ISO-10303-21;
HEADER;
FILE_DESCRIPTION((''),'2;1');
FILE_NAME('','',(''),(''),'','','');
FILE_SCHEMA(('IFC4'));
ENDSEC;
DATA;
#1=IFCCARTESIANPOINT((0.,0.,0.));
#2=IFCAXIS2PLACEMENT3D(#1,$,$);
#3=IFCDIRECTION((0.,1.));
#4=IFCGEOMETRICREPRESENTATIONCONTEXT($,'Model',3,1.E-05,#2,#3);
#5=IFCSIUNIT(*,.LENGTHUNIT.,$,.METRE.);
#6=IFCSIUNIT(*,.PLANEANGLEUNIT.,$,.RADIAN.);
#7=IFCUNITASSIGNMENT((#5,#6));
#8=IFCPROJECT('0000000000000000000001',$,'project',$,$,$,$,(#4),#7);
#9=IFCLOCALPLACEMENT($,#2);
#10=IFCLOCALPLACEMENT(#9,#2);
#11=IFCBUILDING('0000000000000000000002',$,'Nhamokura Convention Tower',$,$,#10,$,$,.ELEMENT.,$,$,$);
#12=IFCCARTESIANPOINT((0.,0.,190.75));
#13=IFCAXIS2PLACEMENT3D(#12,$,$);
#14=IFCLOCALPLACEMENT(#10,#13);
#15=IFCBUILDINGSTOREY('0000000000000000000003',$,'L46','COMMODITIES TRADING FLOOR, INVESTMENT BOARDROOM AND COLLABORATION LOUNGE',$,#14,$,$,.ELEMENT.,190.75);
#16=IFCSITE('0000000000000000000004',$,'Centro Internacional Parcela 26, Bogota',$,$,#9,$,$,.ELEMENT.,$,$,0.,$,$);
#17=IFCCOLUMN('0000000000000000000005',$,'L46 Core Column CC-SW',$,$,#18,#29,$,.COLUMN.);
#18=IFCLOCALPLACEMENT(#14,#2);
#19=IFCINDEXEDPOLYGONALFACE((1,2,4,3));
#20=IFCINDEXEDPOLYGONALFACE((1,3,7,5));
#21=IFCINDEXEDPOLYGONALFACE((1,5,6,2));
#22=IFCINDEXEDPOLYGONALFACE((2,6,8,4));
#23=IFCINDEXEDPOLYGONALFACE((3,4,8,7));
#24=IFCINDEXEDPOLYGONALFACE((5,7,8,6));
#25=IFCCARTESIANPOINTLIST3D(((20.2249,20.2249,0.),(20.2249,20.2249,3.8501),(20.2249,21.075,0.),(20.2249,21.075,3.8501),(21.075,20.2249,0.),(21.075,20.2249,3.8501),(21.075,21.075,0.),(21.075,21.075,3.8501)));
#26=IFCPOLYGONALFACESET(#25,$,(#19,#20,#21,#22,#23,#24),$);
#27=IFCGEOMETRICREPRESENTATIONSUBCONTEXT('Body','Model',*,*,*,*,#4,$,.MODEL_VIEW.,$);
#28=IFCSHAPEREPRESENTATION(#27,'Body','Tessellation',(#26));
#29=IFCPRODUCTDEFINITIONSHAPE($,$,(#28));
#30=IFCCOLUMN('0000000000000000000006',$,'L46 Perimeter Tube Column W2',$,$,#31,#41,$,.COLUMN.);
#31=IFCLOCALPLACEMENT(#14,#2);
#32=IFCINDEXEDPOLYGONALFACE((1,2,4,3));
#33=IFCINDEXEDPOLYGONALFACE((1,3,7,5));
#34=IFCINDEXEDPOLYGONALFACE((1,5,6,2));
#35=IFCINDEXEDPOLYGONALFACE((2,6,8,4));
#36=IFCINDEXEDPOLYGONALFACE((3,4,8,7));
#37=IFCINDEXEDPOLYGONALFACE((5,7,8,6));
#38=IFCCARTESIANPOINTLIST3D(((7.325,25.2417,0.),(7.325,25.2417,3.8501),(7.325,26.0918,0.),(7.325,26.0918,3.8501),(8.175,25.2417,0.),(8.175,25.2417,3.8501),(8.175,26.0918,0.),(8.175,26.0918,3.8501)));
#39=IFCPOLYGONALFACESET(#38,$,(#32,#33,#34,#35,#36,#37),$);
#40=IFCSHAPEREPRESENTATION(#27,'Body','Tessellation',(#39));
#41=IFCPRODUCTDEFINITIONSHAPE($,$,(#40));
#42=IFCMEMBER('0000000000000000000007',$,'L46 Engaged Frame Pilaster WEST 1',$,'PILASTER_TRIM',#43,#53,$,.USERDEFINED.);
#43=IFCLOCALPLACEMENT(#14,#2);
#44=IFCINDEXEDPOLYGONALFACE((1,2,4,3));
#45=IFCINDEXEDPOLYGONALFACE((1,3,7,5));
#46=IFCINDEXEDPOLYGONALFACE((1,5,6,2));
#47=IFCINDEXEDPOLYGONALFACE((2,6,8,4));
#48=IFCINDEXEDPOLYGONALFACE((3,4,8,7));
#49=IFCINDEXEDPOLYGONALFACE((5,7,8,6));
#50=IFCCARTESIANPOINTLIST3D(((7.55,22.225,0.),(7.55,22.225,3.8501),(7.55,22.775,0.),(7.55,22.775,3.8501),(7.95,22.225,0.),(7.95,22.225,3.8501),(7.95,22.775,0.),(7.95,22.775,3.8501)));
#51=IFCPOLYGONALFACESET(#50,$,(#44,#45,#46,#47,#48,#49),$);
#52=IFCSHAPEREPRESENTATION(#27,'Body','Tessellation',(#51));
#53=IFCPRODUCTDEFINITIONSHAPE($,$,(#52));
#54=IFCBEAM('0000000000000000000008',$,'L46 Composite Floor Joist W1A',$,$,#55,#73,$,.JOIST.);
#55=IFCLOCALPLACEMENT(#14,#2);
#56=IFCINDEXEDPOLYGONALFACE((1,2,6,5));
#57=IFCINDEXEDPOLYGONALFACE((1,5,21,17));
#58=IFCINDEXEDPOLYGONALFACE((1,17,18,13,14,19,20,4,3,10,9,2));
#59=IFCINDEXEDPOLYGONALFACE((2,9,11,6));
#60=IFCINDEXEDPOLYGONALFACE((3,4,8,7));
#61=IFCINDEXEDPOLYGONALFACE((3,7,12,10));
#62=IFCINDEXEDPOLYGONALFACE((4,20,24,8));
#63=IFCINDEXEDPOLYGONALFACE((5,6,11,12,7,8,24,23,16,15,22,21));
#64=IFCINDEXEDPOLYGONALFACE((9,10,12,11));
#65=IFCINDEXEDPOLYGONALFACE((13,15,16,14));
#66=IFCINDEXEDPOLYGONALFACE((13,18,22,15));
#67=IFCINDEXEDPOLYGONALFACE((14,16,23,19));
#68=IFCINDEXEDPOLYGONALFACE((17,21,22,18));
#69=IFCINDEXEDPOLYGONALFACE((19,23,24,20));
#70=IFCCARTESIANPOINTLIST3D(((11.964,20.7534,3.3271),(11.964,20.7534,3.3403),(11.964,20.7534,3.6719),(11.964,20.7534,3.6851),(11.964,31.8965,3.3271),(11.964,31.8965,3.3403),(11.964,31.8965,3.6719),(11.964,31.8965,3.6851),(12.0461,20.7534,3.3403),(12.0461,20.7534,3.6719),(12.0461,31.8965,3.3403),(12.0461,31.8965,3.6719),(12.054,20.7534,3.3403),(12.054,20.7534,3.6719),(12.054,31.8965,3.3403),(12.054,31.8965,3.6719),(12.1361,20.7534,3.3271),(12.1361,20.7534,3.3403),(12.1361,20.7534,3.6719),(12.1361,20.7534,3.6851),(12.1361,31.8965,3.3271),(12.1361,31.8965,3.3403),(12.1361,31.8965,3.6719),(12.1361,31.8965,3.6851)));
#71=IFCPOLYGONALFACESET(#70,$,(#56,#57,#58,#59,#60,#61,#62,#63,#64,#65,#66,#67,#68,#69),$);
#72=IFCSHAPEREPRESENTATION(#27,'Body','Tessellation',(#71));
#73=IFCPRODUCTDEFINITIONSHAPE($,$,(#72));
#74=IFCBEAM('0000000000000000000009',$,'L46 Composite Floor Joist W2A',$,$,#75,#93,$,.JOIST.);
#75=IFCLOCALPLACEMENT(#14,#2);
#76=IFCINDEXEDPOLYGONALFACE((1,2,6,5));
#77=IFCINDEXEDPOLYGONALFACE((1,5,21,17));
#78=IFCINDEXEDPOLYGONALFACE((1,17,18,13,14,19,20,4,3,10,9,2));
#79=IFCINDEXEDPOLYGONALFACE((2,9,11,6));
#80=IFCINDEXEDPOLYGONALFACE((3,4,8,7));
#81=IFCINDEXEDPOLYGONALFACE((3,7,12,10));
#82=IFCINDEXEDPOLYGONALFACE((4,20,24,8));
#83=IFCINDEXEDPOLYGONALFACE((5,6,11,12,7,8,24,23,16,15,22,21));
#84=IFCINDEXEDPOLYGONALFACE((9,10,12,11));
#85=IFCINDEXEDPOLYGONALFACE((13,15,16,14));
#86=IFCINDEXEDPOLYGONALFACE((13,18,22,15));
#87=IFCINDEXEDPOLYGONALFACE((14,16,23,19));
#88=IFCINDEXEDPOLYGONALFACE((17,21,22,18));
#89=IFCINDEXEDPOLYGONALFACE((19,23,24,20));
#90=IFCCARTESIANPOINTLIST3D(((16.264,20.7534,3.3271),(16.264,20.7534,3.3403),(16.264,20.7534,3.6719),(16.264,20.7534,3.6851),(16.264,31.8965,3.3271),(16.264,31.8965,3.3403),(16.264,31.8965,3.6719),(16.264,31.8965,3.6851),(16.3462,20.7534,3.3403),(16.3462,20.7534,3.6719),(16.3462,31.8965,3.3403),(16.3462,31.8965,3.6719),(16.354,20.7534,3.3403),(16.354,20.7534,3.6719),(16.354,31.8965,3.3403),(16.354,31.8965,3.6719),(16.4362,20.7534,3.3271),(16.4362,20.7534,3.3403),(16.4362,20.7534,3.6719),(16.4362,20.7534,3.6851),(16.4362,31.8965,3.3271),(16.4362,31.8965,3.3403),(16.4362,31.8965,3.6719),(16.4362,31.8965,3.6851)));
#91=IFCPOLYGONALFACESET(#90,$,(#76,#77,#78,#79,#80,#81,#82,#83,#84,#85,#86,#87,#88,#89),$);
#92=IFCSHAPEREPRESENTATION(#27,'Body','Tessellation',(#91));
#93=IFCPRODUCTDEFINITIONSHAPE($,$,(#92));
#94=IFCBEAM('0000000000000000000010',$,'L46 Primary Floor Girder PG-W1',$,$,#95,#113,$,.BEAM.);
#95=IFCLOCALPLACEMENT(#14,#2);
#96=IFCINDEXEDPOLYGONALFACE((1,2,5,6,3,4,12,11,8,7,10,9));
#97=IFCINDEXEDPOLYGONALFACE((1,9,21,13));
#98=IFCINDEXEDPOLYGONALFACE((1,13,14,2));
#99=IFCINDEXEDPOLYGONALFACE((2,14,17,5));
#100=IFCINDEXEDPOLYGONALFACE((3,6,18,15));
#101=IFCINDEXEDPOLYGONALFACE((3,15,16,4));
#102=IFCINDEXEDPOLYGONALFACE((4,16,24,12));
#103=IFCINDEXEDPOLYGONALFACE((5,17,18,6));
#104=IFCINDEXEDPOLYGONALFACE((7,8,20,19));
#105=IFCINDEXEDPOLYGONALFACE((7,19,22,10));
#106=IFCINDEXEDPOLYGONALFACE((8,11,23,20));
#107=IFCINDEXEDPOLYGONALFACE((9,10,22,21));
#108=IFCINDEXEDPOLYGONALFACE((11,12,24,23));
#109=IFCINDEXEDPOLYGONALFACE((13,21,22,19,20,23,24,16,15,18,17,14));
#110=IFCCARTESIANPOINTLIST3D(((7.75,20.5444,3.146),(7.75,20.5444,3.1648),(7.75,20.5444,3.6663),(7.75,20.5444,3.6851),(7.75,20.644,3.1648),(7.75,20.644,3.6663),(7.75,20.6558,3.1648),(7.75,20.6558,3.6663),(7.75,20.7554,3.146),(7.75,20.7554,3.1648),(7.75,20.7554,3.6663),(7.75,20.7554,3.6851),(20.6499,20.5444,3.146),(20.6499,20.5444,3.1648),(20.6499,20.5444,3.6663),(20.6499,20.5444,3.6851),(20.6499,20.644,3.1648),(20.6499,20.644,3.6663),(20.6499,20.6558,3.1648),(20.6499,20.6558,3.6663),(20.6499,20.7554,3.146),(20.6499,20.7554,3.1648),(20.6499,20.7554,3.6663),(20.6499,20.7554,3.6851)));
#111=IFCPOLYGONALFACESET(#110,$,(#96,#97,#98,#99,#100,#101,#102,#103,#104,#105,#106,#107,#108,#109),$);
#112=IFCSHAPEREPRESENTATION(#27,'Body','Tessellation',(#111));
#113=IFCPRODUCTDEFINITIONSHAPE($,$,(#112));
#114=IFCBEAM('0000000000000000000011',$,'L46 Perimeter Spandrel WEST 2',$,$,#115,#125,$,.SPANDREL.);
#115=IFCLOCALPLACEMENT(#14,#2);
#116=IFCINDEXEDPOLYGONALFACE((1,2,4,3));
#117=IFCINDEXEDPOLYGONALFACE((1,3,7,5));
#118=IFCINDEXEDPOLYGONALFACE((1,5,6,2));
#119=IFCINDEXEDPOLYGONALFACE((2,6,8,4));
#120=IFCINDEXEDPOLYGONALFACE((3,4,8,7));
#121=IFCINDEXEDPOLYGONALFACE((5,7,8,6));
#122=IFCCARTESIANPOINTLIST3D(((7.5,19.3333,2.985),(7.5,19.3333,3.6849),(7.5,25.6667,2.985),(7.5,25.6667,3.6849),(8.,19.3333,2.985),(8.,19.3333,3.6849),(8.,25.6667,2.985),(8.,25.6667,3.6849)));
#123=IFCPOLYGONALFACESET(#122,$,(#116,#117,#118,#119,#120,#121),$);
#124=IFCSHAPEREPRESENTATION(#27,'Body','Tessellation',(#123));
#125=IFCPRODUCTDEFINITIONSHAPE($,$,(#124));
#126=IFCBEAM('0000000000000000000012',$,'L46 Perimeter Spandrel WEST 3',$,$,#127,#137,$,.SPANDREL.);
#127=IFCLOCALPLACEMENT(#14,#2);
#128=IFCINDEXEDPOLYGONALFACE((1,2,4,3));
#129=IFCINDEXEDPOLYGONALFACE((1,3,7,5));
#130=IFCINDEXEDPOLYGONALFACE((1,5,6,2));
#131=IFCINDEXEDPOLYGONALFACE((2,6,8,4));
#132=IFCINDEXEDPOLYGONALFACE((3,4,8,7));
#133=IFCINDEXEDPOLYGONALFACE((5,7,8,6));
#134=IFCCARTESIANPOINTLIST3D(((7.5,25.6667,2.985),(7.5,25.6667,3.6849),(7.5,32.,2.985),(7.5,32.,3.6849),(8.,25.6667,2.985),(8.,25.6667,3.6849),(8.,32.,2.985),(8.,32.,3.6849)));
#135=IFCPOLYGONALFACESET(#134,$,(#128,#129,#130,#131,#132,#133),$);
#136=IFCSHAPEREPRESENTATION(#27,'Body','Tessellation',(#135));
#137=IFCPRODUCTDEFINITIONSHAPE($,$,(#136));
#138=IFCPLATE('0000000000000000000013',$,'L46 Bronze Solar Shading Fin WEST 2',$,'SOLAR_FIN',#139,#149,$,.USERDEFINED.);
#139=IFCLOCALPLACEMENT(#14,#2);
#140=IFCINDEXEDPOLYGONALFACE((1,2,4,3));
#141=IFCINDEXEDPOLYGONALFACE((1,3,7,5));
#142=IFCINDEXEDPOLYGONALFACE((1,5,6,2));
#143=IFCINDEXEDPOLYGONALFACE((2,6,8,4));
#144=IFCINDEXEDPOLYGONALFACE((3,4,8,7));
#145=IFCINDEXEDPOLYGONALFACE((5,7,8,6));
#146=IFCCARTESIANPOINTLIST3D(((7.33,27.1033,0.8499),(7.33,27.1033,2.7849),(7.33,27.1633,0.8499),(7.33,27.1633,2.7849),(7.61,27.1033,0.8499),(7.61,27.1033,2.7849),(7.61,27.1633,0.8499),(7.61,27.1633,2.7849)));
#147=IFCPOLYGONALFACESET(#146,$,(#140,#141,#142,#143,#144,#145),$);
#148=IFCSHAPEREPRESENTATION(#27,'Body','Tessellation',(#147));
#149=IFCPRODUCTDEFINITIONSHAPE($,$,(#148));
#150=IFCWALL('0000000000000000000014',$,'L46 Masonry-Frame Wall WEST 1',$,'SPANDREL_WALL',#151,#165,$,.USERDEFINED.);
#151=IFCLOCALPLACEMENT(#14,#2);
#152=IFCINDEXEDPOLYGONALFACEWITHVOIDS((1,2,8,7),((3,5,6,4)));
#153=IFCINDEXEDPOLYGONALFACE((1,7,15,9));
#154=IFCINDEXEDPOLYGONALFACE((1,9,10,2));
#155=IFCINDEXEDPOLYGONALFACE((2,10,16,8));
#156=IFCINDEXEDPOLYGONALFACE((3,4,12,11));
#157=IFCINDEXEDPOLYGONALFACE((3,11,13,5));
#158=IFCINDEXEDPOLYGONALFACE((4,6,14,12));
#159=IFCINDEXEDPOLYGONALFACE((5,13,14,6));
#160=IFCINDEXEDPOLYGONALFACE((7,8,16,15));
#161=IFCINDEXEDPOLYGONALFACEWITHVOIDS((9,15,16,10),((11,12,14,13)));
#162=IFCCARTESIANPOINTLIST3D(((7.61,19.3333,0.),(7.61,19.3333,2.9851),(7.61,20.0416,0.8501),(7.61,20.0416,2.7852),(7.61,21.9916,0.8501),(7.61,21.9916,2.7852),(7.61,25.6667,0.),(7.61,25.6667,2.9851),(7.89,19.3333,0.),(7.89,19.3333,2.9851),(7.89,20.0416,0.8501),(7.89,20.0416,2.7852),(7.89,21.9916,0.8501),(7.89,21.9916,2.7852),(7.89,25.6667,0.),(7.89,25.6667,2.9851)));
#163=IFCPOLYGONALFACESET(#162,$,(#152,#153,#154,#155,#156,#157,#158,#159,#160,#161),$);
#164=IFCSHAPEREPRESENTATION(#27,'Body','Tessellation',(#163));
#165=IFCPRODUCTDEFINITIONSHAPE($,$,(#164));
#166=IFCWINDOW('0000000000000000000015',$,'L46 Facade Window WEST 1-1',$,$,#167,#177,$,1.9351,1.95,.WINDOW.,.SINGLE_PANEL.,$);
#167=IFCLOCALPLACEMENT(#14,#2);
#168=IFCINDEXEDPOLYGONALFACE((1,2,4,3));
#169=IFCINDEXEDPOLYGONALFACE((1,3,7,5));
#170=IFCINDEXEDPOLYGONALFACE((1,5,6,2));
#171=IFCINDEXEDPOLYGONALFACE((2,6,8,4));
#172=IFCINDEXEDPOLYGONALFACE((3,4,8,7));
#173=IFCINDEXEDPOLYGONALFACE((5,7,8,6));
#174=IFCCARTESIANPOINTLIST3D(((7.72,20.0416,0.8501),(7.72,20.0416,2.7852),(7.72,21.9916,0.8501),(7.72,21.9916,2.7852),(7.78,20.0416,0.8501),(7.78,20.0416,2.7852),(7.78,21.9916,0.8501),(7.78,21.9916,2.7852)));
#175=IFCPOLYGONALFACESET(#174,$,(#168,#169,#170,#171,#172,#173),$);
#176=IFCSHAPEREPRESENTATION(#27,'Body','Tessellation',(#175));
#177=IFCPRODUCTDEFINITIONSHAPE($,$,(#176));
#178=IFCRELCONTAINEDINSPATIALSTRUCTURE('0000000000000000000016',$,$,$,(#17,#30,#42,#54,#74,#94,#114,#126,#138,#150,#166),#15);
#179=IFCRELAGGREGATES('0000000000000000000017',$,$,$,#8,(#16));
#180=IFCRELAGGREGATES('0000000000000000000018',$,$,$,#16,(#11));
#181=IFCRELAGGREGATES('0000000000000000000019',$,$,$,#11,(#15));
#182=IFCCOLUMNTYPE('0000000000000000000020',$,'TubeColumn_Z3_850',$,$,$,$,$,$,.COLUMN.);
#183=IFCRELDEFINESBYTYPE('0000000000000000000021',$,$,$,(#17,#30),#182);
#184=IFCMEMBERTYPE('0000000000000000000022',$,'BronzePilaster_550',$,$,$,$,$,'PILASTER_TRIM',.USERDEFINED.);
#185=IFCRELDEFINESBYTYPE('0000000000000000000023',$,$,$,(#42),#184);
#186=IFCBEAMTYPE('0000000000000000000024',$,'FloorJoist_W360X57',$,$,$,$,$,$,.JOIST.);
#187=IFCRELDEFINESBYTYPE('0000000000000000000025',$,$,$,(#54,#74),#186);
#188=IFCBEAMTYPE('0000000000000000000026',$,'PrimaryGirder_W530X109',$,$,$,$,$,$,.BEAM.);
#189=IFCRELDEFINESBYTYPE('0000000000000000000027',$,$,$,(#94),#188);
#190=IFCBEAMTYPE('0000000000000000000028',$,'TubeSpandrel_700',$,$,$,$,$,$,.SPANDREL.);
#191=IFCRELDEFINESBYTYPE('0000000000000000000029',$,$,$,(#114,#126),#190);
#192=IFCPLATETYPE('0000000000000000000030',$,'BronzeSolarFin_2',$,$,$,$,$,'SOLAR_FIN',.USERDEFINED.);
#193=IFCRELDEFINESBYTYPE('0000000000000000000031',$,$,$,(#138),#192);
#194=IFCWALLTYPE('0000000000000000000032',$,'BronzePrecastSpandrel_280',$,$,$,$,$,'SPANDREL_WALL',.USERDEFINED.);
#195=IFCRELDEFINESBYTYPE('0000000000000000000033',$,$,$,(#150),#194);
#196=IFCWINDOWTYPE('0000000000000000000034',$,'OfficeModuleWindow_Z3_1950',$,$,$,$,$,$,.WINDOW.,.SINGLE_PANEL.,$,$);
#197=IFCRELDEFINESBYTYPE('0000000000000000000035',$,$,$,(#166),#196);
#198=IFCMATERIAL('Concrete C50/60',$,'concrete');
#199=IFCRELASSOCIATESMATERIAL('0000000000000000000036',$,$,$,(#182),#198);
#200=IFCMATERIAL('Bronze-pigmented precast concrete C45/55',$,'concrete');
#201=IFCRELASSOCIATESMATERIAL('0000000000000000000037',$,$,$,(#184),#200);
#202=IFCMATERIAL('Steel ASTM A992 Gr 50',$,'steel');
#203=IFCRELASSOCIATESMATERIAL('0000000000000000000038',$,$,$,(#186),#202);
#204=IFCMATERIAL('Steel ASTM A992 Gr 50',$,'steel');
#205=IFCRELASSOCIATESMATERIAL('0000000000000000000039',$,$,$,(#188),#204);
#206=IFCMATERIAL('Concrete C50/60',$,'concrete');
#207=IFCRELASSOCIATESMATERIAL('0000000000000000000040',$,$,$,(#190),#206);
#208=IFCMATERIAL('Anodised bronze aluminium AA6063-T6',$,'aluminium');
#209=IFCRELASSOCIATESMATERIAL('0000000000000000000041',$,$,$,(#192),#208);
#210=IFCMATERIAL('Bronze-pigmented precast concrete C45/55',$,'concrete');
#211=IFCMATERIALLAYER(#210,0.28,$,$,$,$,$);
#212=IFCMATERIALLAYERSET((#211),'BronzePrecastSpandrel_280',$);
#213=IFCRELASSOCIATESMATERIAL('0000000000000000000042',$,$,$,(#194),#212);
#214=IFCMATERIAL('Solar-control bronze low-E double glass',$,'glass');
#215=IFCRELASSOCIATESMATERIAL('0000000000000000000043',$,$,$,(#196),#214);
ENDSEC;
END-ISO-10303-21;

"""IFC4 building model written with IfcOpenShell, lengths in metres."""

from ifc_helpers import new_model, si_unit, direction, frame, frame_2d, origin, origin_2d, place, context, subcontext, project, spatial, rectangle, i_section, extrude, material, layer, layer_set, material_profile, profile_set, type_object, element, fill, save


model = new_model("IFC4")

# Units and contexts
model_context = context("Model", 3, precision=1e-05, world=origin(), true_north=direction((0.0, 1.0)))
body_context = subcontext(model_context, "Body", "Model", "MODEL_VIEW")
ifc_project = project(units=[si_unit("LENGTHUNIT", "METRE"), si_unit("PLANEANGLEUNIT", "RADIAN")], contexts=[model_context])

# Site, building, storey
site_placement = place(None, origin())
site = spatial("IfcSite", under=ifc_project, at=site_placement, Name="Centro Internacional Parcela 26, Bogota", CompositionType="ELEMENT", RefElevation=0.0)
building_placement = place(site_placement, origin())
building = spatial("IfcBuilding", under=site, at=building_placement, Name="Nhamokura Convention Tower", CompositionType="ELEMENT")
storey_placement = place(building_placement, frame((0.0, 0.0, 190.75)))
storey = spatial("IfcBuildingStorey", under=building, at=storey_placement, Name="L46", Description="COMMODITIES TRADING FLOOR, INVESTMENT BOARDROOM AND COLLABORATION LOUNGE", CompositionType="ELEMENT", Elevation=190.75)

# Columns
ifc_material_1 = material(Name="Concrete C50/60", Category="concrete")
ifc_material_profile_1 = material_profile(ifc_material_1, rectangle(XDim=0.8501, YDim=0.8501, at=origin_2d()))
ifc_profile_set_1 = profile_set([ifc_material_profile_1], Name="Concrete C50/60")
column_type = type_object("IfcColumnType", Name="TubeColumn_Z3_850", PredefinedType="COLUMN", material=ifc_profile_set_1)
for number, where, z_axis, x_axis, name in (
    (1, (20.6499, 20.6499, 0.0), (0.0, 0.0, 1.0), (1.0, 0.0, 0.0), "L46 Core Column CC-SW"),
    (2, (7.75, 25.6667, 0.0), (0.0, 0.0, 1.0), (1.0, 0.0, 0.0), "L46 Perimeter Tube Column W2"),
):
    element("IfcColumn", number, at=place(storey_placement, frame(where, z_axis=z_axis, x_axis=x_axis)), inside=storey, type_object=column_type, Name=name, PredefinedType="COLUMN", context=body_context, shape_type="SweptSolid", body=[
        extrude(rectangle(XDim=0.8501, YDim=0.8501, at=origin_2d()), origin(), (0.0, 0.0, 1.0), 3.8501),
    ])

# Member
ifc_material_2 = material(Name="Bronze-pigmented precast concrete C45/55", Category="concrete")
ifc_material_profile_2 = material_profile(ifc_material_2, rectangle(XDim=0.3999, YDim=0.55, at=origin_2d()))
ifc_profile_set_2 = profile_set([ifc_material_profile_2], Name="Bronze-pigmented precast concrete C45/55")
member_type = type_object("IfcMemberType", Name="BronzePilaster_550", ElementType="PILASTER_TRIM", PredefinedType="USERDEFINED", material=ifc_profile_set_2)
member_placement = place(storey_placement, frame((7.75, 22.5, 0.0), z_axis=(0.0, 0.0, 1.0), x_axis=(1.0, 0.0, 0.0)))
element("IfcMember", 3, at=member_placement, inside=storey, type_object=member_type, Name="L46 Engaged Frame Pilaster WEST 1", ObjectType="PILASTER_TRIM", PredefinedType="USERDEFINED", context=body_context, shape_type="SweptSolid", body=[
    extrude(rectangle(XDim=0.3999, YDim=0.55, at=origin_2d()), origin(), (0.0, 0.0, 1.0), 3.8501),
])

# Beams
ifc_material_3 = material(Name="Steel ASTM A992 Gr 50", Category="steel")
ifc_material_profile_3 = material_profile(ifc_material_3, i_section(OverallWidth=0.1721, OverallDepth=0.3579, WebThickness=0.0078, FlangeThickness=0.0132, at=origin_2d()))
ifc_profile_set_3 = profile_set([ifc_material_profile_3], Name="Steel ASTM A992 Gr 50")
beam_type_1 = type_object("IfcBeamType", Name="FloorJoist_W360X57", PredefinedType="JOIST", material=ifc_profile_set_3)
for number, where, z_axis, x_axis, name in (
    (4, (12.05, 20.7534, 3.5061), (0.0, 1.0, 0.0), (-1.0, 0.0, 0.0), "L46 Composite Floor Joist W1A"),
    (5, (16.3501, 20.7534, 3.5061), (0.0, 1.0, 0.0), (-1.0, 0.0, 0.0), "L46 Composite Floor Joist W2A"),
):
    element("IfcBeam", number, at=place(storey_placement, frame(where, z_axis=z_axis, x_axis=x_axis)), inside=storey, type_object=beam_type_1, Name=name, PredefinedType="JOIST", context=body_context, shape_type="SweptSolid", body=[
        extrude(i_section(OverallWidth=0.1721, OverallDepth=0.3579, WebThickness=0.0078, FlangeThickness=0.0132, at=origin_2d()), origin(), (0.0, 0.0, 1.0), 11.1431),
    ])
ifc_material_4 = material(Name="Steel ASTM A992 Gr 50", Category="steel")
ifc_material_profile_4 = material_profile(ifc_material_4, i_section(OverallWidth=0.2109, OverallDepth=0.5391, WebThickness=0.0117, FlangeThickness=0.0188, at=origin_2d()))
ifc_profile_set_4 = profile_set([ifc_material_profile_4], Name="Steel ASTM A992 Gr 50")
beam_type_2 = type_object("IfcBeamType", Name="PrimaryGirder_W530X109", PredefinedType="BEAM", material=ifc_profile_set_4)
beam_1_placement = place(storey_placement, frame((7.75, 20.6499, 3.4155), z_axis=(1.0, 0.0, 0.0), x_axis=(0.0, 1.0, 0.0)))
element("IfcBeam", 6, at=beam_1_placement, inside=storey, type_object=beam_type_2, Name="L46 Primary Floor Girder PG-W1", PredefinedType="BEAM", context=body_context, shape_type="SweptSolid", body=[
    extrude(i_section(OverallWidth=0.2109, OverallDepth=0.5391, WebThickness=0.0117, FlangeThickness=0.0188, at=origin_2d()), origin(), (0.0, 0.0, 1.0), 12.8999),
])
ifc_material_5 = material(Name="Concrete C50/60", Category="concrete")
ifc_material_profile_5 = material_profile(ifc_material_5, rectangle(XDim=0.5, YDim=0.7, at=origin_2d()))
ifc_profile_set_5 = profile_set([ifc_material_profile_5], Name="Concrete C50/60")
beam_type_3 = type_object("IfcBeamType", Name="TubeSpandrel_700", PredefinedType="SPANDREL", material=ifc_profile_set_5)
beam_2_placement = place(storey_placement, frame((7.75, 19.3333, 3.335), z_axis=(0.0, 1.0, 0.0), x_axis=(-1.0, 0.0, 0.0)))
element("IfcBeam", 7, at=beam_2_placement, inside=storey, type_object=beam_type_3, Name="L46 Perimeter Spandrel WEST 2", PredefinedType="SPANDREL", context=body_context, shape_type="SweptSolid", body=[
    extrude(rectangle(XDim=0.5, YDim=0.7, at=origin_2d()), origin(), (0.0, 0.0, 1.0), 6.3335),
])
beam_3_placement = place(storey_placement, frame((7.75, 25.6667, 3.335), z_axis=(0.0, 1.0, 0.0), x_axis=(-1.0, 0.0, 0.0)))
element("IfcBeam", 8, at=beam_3_placement, inside=storey, type_object=beam_type_3, Name="L46 Perimeter Spandrel WEST 3", PredefinedType="SPANDREL", context=body_context, shape_type="SweptSolid", body=[
    extrude(rectangle(XDim=0.5, YDim=0.7, at=origin_2d()), origin(), (0.0, 0.0, 1.0), 6.3333),
])

# Plate
ifc_material_6 = material(Name="Anodised bronze aluminium AA6063-T6", Category="aluminium")
plate_type = type_object("IfcPlateType", Name="BronzeSolarFin_2", ElementType="SOLAR_FIN", PredefinedType="USERDEFINED", material=ifc_material_6)
plate_placement = place(storey_placement, frame((7.47, 27.1333, 0.8499), z_axis=(0.0, 0.0, 1.0), x_axis=(1.0, 0.0, 0.0)))
element("IfcPlate", 9, at=plate_placement, inside=storey, type_object=plate_type, Name="L46 Bronze Solar Shading Fin WEST 2", ObjectType="SOLAR_FIN", PredefinedType="USERDEFINED", context=body_context, shape_type="SweptSolid", body=[
    extrude(rectangle(XDim=0.28, YDim=0.0601, at=origin_2d()), origin(), (0.0, 0.0, 1.0), 1.9351),
])

# Wall, opening, window
ifc_material_7 = material(Name="Bronze-pigmented precast concrete C45/55", Category="concrete")
ifc_layer_1 = layer(ifc_material_7, 0.28)
ifc_layer_set_1 = layer_set([ifc_layer_1], Name="BronzePrecastSpandrel_280")
wall_type_1 = type_object("IfcWallType", Name="BronzePrecastSpandrel_280", ElementType="SPANDREL_WALL", PredefinedType="USERDEFINED", material=ifc_layer_set_1)
wall_1_placement = place(storey_placement, frame((7.75, 19.3333, 0.0), z_axis=(0.0, 0.0, 1.0), x_axis=(0.0, 1.0, 0.0)))
wall_1 = element("IfcWall", 10, at=wall_1_placement, inside=storey, type_object=wall_type_1, Name="L46 Masonry-Frame Wall WEST 1", ObjectType="SPANDREL_WALL", PredefinedType="USERDEFINED", context=body_context, shape_type="SweptSolid", body=[
    extrude(rectangle(XDim=6.3335, YDim=0.28, at=frame_2d((3.1667, 0.0))), origin(), (0.0, 0.0, 1.0), 2.9851),
])
opening_1_placement = place(wall_1_placement, frame((0.7083, 0.0, 0.8501)))
opening_1 = element("IfcOpeningElement", 11, at=opening_1_placement, cuts=wall_1, PredefinedType="OPENING", context=body_context, shape_type="SweptSolid", body=[
    extrude(rectangle(XDim=1.95, YDim=1.9351, at=frame_2d((0.9751, 0.9675))), frame((0.0, 0.1499, 0.0), z_axis=(0.0, -1.0, 0.0), x_axis=(1.0, 0.0, 0.0)), (0.0, 0.0, 1.0), 0.3),
])
ifc_material_8 = material(Name="Solar-control bronze low-E double glass", Category="glass")
window_type_1 = type_object("IfcWindowType", Name="OfficeModuleWindow_Z3_1950", PartitioningType="SINGLE_PANEL", PredefinedType="WINDOW", material=ifc_material_8)
window_1_placement = place(opening_1_placement, origin())
window_1 = element("IfcWindow", 12, at=window_1_placement, inside=storey, type_object=window_type_1, Name="L46 Facade Window WEST 1-1", OverallHeight=1.9351, OverallWidth=1.95, PartitioningType="SINGLE_PANEL", PredefinedType="WINDOW", context=body_context, shape_type="SweptSolid", body=[
    extrude(rectangle(XDim=1.95, YDim=1.9351, at=frame_2d((0.9751, 0.9675))), frame((0.0, 0.03, 0.0), z_axis=(0.0, -1.0, 0.0), x_axis=(1.0, 0.0, 0.0)), (0.0, 0.0, 1.0), 0.0601),
])
fill(opening_1, window_1)

save(model, "model.ifc")
